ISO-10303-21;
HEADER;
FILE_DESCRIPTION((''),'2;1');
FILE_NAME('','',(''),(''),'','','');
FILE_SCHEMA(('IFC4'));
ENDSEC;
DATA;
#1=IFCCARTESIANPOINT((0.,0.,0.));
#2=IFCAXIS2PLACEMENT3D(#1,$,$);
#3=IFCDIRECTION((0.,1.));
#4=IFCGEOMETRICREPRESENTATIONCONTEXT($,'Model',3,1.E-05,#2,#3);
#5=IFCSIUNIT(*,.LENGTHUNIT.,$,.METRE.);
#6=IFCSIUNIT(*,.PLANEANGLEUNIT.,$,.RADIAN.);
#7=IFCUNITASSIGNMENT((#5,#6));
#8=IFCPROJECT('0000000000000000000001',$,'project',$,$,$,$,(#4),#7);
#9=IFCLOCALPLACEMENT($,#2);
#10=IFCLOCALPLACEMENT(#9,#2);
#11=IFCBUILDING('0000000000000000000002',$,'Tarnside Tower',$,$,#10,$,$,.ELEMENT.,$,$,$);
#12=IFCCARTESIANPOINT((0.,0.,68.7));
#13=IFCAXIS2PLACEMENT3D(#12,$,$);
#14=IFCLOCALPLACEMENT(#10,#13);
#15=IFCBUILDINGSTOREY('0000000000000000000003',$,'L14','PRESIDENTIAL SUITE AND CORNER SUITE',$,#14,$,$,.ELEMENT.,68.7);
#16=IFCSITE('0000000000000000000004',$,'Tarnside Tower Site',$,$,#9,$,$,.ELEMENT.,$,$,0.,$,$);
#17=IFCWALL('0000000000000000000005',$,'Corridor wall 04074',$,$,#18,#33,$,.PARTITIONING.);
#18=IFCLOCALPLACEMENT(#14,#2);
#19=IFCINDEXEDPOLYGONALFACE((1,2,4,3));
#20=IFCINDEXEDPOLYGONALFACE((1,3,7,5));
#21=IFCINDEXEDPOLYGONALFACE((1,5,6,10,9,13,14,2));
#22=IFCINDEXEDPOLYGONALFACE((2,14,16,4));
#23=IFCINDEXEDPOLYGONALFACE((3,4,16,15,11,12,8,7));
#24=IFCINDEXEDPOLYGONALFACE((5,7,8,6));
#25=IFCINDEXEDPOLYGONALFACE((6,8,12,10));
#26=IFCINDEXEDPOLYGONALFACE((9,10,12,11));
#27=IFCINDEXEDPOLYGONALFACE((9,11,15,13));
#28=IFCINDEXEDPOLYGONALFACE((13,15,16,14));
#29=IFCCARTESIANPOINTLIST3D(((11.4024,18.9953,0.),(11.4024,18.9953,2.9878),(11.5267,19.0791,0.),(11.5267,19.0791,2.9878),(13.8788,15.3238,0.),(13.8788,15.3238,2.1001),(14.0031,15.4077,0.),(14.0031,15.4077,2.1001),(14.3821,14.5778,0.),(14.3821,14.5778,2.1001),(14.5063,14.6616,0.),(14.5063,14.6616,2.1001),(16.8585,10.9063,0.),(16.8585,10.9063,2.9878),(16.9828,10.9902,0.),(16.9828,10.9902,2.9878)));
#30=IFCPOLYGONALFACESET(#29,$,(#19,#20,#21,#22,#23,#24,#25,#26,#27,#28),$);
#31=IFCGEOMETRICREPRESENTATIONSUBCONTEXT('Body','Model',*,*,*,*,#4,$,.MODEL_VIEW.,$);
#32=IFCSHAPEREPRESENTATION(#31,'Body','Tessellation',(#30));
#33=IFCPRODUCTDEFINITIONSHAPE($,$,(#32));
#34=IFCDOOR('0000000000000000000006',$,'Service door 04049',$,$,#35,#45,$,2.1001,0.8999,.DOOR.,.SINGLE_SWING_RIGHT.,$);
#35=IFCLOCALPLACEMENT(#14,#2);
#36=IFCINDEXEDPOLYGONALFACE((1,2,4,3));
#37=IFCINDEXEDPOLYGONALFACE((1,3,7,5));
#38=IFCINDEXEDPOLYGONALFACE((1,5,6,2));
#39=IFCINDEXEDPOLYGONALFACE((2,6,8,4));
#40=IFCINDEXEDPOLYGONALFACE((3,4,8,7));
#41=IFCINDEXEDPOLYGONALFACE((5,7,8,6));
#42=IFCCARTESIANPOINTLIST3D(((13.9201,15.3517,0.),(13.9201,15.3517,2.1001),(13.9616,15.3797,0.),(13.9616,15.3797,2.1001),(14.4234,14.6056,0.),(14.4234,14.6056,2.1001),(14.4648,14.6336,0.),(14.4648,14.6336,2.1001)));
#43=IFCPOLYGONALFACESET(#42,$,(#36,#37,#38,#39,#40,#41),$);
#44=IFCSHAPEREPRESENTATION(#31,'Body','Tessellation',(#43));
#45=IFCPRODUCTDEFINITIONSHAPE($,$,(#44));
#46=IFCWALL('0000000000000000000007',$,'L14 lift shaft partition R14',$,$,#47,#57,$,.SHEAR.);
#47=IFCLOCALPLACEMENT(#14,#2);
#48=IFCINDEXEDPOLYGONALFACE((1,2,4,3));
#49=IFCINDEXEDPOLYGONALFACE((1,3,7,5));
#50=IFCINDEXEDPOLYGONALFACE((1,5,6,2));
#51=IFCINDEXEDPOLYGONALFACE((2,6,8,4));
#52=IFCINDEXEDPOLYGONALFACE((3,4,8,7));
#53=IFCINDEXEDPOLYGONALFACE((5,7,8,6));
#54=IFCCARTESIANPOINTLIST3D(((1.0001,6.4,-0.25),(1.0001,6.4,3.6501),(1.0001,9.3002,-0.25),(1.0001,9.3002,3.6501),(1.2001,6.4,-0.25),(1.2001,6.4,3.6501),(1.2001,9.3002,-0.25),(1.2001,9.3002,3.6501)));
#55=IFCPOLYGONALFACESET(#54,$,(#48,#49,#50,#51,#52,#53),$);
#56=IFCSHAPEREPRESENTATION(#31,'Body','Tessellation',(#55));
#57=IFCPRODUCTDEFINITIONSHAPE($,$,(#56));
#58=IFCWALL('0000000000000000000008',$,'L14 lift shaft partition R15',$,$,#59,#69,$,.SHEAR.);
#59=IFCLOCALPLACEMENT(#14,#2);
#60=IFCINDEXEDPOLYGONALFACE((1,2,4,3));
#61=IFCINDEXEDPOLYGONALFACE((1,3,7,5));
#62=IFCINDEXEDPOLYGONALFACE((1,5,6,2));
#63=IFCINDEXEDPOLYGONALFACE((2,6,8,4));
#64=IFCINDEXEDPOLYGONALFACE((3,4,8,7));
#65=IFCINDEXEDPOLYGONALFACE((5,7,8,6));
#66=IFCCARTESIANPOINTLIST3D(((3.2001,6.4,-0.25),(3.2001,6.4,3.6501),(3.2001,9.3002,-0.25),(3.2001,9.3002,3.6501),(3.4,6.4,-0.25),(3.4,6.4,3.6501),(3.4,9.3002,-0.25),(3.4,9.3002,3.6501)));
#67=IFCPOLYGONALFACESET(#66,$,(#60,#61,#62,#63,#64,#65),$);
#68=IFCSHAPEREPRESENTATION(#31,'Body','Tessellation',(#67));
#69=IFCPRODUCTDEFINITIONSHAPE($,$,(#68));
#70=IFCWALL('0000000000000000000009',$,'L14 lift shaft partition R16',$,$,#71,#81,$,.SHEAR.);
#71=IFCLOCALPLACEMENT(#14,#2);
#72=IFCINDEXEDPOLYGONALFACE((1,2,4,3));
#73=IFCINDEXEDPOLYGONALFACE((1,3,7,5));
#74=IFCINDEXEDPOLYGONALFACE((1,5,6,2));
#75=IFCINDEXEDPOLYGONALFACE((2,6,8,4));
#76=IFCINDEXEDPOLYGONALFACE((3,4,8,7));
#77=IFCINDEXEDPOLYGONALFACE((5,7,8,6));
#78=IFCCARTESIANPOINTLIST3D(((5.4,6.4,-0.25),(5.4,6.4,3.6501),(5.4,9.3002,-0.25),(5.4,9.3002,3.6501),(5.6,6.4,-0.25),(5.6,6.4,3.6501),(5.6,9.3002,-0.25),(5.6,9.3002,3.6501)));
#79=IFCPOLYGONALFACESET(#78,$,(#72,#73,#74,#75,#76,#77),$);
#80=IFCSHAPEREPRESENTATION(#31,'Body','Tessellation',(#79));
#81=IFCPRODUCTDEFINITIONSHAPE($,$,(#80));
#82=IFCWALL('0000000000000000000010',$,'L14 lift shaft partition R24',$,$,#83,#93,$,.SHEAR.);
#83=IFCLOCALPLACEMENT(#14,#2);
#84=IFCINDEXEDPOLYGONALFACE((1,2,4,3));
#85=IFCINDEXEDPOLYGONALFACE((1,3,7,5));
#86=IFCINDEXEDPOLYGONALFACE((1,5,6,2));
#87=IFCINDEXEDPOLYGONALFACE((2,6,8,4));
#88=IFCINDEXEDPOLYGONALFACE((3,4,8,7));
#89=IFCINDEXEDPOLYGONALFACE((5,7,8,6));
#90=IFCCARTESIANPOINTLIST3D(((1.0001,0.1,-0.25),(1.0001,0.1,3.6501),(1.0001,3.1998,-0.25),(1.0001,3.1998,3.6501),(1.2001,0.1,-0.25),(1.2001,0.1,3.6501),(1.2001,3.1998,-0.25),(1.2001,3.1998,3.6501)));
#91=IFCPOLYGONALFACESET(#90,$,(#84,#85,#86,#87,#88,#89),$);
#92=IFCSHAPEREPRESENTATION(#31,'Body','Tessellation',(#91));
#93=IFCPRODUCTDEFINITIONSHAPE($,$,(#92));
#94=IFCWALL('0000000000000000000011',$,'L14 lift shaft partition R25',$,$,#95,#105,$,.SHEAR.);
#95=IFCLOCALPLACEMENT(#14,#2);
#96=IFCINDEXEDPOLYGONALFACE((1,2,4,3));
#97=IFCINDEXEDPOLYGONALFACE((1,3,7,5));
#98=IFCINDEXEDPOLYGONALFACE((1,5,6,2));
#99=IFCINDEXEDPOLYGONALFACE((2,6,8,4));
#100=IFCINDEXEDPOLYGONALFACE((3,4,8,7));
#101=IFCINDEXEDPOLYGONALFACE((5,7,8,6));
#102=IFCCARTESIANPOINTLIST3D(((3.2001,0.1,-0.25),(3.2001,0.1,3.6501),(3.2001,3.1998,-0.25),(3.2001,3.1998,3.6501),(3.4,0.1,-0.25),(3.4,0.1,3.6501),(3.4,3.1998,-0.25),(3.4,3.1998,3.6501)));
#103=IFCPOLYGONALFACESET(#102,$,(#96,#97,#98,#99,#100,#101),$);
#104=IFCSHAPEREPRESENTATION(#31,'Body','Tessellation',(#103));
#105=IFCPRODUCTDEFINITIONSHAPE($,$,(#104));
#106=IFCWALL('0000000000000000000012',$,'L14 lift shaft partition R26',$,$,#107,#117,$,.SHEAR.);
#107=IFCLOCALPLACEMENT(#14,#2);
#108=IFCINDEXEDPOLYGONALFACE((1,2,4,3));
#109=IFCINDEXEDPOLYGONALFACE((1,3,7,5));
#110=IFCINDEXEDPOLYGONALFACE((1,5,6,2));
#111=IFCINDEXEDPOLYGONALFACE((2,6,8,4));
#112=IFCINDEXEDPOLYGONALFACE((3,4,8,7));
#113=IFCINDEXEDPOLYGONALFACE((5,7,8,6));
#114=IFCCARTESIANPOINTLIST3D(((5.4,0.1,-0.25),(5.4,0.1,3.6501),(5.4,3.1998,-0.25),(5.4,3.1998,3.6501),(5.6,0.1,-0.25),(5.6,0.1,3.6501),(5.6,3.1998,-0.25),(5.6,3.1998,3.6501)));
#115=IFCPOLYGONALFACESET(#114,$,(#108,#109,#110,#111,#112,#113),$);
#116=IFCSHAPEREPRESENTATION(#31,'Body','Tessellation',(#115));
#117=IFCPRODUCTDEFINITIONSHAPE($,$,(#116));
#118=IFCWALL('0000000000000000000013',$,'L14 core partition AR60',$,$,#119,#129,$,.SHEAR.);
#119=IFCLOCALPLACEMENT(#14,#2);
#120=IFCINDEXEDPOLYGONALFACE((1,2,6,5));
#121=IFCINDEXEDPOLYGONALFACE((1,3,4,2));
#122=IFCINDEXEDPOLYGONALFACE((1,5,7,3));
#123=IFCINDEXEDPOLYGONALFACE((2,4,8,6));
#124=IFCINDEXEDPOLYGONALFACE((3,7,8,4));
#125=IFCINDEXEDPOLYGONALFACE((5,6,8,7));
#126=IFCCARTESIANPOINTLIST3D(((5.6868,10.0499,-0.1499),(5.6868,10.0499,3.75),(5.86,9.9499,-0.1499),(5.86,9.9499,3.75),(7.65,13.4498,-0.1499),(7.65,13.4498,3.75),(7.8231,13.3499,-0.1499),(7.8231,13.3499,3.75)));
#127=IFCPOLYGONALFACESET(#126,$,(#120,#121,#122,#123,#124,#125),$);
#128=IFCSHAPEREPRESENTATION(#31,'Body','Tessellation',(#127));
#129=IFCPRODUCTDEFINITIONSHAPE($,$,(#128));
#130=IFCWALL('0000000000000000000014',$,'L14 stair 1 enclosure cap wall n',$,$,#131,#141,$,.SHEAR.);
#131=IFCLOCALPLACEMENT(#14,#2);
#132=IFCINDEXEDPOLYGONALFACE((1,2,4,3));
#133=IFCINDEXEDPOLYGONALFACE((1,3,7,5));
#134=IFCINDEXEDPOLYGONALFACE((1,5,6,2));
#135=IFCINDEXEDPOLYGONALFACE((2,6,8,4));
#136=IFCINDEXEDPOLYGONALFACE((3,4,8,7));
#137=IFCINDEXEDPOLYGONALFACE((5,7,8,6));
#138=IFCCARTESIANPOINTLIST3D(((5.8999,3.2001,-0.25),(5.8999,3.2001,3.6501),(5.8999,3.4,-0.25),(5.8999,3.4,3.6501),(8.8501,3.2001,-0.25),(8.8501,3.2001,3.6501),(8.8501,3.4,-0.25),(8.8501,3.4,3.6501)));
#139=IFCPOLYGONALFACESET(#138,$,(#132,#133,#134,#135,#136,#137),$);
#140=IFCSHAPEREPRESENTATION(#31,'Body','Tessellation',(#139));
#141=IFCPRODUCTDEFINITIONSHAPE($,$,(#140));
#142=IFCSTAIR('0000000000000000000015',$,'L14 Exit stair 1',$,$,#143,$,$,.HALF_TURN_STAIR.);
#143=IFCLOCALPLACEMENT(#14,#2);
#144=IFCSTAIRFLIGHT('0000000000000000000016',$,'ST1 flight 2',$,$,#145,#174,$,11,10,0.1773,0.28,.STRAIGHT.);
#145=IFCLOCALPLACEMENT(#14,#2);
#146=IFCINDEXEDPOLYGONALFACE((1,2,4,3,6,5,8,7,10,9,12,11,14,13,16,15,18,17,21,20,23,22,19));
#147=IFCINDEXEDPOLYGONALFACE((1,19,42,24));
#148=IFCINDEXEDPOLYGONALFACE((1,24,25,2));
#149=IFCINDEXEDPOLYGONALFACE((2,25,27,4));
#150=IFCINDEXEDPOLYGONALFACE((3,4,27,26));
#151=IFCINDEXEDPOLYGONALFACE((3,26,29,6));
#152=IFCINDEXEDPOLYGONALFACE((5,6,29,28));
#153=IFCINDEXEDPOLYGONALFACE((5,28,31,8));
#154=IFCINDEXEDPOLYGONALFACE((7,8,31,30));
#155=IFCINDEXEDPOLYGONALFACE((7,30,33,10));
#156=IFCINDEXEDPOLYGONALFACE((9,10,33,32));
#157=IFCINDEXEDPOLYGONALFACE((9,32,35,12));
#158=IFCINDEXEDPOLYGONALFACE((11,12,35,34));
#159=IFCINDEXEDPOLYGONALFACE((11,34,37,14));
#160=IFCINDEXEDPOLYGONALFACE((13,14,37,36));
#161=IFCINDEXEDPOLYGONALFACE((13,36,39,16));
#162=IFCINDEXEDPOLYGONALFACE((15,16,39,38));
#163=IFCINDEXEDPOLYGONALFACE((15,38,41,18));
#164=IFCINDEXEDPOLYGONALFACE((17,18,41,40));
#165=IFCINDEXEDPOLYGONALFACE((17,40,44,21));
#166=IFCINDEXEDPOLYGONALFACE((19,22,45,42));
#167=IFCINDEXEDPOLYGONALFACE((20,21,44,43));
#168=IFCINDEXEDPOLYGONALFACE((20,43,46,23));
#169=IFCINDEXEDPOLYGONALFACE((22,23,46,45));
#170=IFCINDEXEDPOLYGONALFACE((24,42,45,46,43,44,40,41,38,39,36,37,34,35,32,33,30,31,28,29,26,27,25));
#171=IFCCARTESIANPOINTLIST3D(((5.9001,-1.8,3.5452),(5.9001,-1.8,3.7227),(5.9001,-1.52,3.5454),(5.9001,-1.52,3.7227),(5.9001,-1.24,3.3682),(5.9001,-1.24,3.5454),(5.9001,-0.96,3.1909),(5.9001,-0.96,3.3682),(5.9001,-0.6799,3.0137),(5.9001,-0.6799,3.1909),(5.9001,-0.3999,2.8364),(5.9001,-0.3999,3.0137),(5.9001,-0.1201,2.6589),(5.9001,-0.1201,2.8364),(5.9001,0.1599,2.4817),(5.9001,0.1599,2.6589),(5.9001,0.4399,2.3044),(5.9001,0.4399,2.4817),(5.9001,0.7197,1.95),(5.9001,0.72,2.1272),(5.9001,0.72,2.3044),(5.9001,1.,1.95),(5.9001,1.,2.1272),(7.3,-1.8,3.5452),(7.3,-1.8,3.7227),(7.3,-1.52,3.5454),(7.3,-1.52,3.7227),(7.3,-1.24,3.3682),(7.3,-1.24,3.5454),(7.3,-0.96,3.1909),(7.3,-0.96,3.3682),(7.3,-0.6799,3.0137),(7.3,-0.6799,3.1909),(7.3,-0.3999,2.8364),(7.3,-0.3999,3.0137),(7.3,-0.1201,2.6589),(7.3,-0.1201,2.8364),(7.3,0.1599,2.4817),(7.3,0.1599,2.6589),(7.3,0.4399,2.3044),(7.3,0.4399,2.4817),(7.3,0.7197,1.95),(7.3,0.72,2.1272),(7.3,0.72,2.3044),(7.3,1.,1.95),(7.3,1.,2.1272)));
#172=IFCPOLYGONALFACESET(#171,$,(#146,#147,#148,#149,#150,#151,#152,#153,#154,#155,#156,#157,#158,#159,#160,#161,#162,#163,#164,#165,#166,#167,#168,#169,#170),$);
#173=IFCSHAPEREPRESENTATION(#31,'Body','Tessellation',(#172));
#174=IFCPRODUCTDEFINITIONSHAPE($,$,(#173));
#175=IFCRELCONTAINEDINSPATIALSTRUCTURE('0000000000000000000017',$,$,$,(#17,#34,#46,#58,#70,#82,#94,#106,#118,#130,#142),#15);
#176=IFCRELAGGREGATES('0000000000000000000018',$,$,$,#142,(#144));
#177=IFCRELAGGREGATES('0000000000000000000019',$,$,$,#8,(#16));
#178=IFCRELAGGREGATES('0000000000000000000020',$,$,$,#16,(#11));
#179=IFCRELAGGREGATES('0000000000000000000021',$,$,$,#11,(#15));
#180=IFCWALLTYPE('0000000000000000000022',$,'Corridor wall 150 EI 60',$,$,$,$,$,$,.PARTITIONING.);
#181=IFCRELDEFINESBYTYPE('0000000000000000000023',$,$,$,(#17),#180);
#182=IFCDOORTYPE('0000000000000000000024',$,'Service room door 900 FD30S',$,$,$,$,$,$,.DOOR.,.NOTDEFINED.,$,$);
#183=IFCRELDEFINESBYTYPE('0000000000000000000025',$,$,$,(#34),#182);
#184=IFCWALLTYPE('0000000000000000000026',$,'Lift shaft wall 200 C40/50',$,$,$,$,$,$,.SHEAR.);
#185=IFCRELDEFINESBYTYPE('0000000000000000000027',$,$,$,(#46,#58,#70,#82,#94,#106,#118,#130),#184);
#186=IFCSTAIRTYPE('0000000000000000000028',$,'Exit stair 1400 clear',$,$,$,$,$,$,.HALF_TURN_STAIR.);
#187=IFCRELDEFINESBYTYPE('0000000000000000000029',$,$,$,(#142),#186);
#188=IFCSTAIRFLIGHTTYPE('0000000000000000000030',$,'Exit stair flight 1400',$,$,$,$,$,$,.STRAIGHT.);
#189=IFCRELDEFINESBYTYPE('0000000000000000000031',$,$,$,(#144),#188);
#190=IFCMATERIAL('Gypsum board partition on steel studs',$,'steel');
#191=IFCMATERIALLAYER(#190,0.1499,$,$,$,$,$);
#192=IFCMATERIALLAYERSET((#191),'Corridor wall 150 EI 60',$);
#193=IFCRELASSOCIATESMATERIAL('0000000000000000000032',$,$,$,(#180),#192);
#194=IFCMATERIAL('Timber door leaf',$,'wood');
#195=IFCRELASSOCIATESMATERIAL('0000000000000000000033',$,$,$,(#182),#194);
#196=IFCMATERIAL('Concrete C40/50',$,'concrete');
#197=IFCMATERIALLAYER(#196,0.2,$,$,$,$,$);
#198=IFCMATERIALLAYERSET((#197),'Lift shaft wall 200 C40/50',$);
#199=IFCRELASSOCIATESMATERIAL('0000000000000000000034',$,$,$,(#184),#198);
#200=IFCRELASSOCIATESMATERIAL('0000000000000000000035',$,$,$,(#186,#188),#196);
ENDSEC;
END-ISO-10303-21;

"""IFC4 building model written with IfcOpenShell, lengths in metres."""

from ifc_helpers import new_model, si_unit, direction, frame, frame_2d, origin, place, context, subcontext, project, spatial, polyline, rectangle, outline, extrude, material, layer, layer_set, type_object, element, fill, aggregate, save


model = new_model("IFC4")

# Units and contexts
model_context = context("Model", 3, precision=1e-05, world=origin(), true_north=direction((0.0, 1.0)))
body_context = subcontext(model_context, "Body", "Model", "MODEL_VIEW")
ifc_project = project(units=[si_unit("LENGTHUNIT", "METRE"), si_unit("PLANEANGLEUNIT", "RADIAN")], contexts=[model_context])

# Site, building, storey
site_placement = place(None, origin())
site = spatial("IfcSite", under=ifc_project, at=site_placement, Name="Tarnside Tower Site", CompositionType="ELEMENT", RefElevation=0.0)
building_placement = place(site_placement, origin())
building = spatial("IfcBuilding", under=site, at=building_placement, Name="Tarnside Tower", CompositionType="ELEMENT")
storey_placement = place(building_placement, frame((0.0, 0.0, 68.7)))
storey = spatial("IfcBuildingStorey", under=building, at=storey_placement, Name="L14", Description="PRESIDENTIAL SUITE AND CORNER SUITE", CompositionType="ELEMENT", Elevation=68.7)

# Shared definitions
ifc_material_1 = material(Name="Gypsum board partition on steel studs", Category="steel")
ifc_material_2 = material(Name="Timber door leaf", Category="wood")

# Shared definitions
ifc_layer_1 = layer(ifc_material_1, 0.1499)
ifc_layer_set_1 = layer_set([ifc_layer_1], Name="Corridor wall 150 EI 60")
wall_type_1 = type_object("IfcWallType", Name="Corridor wall 150 EI 60", PredefinedType="PARTITIONING", material=ifc_layer_set_1)

# Shared definitions
door_type_1 = type_object("IfcDoorType", Name="Service room door 900 FD30S", OperationType="NOTDEFINED", PredefinedType="DOOR", material=ifc_material_2)

# Wall, opening, door
wall_1_placement = place(storey_placement, frame((11.4646, 19.0371, 0.0), z_axis=(0.0, 0.0, 1.0), x_axis=(0.559196, -0.829035, 0.0)))
wall_1 = element("IfcWall", 1, at=wall_1_placement, inside=storey, type_object=wall_type_1, Name="Corridor wall 04074", PredefinedType="PARTITIONING", context=body_context, shape_type="SweptSolid", body=[
    extrude(rectangle(XDim=9.7571, YDim=0.1499, at=frame_2d((4.8784, 0.0))), origin(), (0.0, 0.0, 1.0), 2.9878),
])
opening_1_placement = place(wall_1_placement, frame((4.4285, 0.0, 0.0)))
opening_1 = element("IfcOpeningElement", 2, at=opening_1_placement, cuts=wall_1, PredefinedType="OPENING", context=body_context, shape_type="SweptSolid", body=[
    extrude(rectangle(XDim=0.8999, YDim=2.1001, at=frame_2d((0.45, 1.05))), frame((0.0, 0.085, 0.0), z_axis=(0.0, -1.0, 0.0), x_axis=(1.0, 0.0, 0.0)), (0.0, 0.0, 1.0), 0.1699),
])
door_1_placement = place(opening_1_placement, origin())
door_1 = element("IfcDoor", 3, at=door_1_placement, inside=storey, type_object=door_type_1, Name="Service door 04049", OperationType="SINGLE_SWING_RIGHT", OverallHeight=2.1001, OverallWidth=0.8999, PredefinedType="DOOR", context=body_context, shape_type="SweptSolid", body=[
    extrude(rectangle(XDim=0.8999, YDim=2.1001, at=frame_2d((0.45, 1.05))), frame((0.0, 0.0249, 0.0), z_axis=(0.0, -1.0, 0.0), x_axis=(1.0, 0.0, 0.0)), (0.0, 0.0, 1.0), 0.05),
])
fill(opening_1, door_1)

# Walls
ifc_material_3 = material(Name="Concrete C40/50", Category="concrete")
ifc_layer_2 = layer(ifc_material_3, 0.2)
ifc_layer_set_2 = layer_set([ifc_layer_2], Name="Lift shaft wall 200 C40/50")
wall_type_2 = type_object("IfcWallType", Name="Lift shaft wall 200 C40/50", PredefinedType="SHEAR", material=ifc_layer_set_2)
for number, where, z_axis, x_axis, name in (
    (4, (1.1001, 6.3999, -0.25), (0.0, 0.0, 1.0), (0.0, 1.0, 0.0), "L14 lift shaft partition R14"),
    (5, (3.3, 6.3999, -0.25), (0.0, 0.0, 1.0), (0.0, 1.0, 0.0), "L14 lift shaft partition R15"),
    (6, (5.5, 6.3999, -0.25), (0.0, 0.0, 1.0), (0.0, 1.0, 0.0), "L14 lift shaft partition R16"),
):
    element("IfcWall", number, at=place(storey_placement, frame(where, z_axis=z_axis, x_axis=x_axis)), inside=storey, type_object=wall_type_2, Name=name, PredefinedType="SHEAR", context=body_context, shape_type="SweptSolid", body=[
        extrude(rectangle(XDim=2.9001, YDim=0.2, at=frame_2d((1.4502, 0.0))), origin(), (0.0, 0.0, 1.0), 3.9001),
    ])
for number, where, z_axis, x_axis, name in (
    (7, (1.1001, 0.1001, -0.25), (0.0, 0.0, 1.0), (0.0, 1.0, 0.0), "L14 lift shaft partition R24"),
    (8, (3.3, 0.1001, -0.25), (0.0, 0.0, 1.0), (0.0, 1.0, 0.0), "L14 lift shaft partition R25"),
    (9, (5.5, 0.1001, -0.25), (0.0, 0.0, 1.0), (0.0, 1.0, 0.0), "L14 lift shaft partition R26"),
):
    element("IfcWall", number, at=place(storey_placement, frame(where, z_axis=z_axis, x_axis=x_axis)), inside=storey, type_object=wall_type_2, Name=name, PredefinedType="SHEAR", context=body_context, shape_type="SweptSolid", body=[
        extrude(rectangle(XDim=3.0999, YDim=0.2, at=frame_2d((1.5498, 0.0))), origin(), (0.0, 0.0, 1.0), 3.9001),
    ])
wall_2_placement = place(storey_placement, frame((5.7734, 10.0, -0.1499), z_axis=(0.0, 0.0, 1.0), x_axis=(0.500038, 0.866003, 0.0)))
element("IfcWall", 10, at=wall_2_placement, inside=storey, type_object=wall_type_2, Name="L14 core partition AR60", PredefinedType="SHEAR", context=body_context, shape_type="SweptSolid", body=[
    extrude(rectangle(XDim=3.926, YDim=0.2, at=frame_2d((1.9629, 0.0))), origin(), (0.0, 0.0, 1.0), 3.8999),
])
wall_3_placement = place(storey_placement, frame((5.8999, 3.3, -0.25), z_axis=(0.0, 0.0, 1.0), x_axis=(1.0, 0.0, 0.0)))
element("IfcWall", 11, at=wall_3_placement, inside=storey, type_object=wall_type_2, Name="L14 stair 1 enclosure cap wall n", PredefinedType="SHEAR", context=body_context, shape_type="SweptSolid", body=[
    extrude(rectangle(XDim=2.9502, YDim=0.2, at=frame_2d((1.4751, 0.0))), origin(), (0.0, 0.0, 1.0), 3.9001),
])

# Stair, stair flight
stair_type = type_object("IfcStairType", Name="Exit stair 1400 clear", PredefinedType="HALF_TURN_STAIR", material=ifc_material_3)
stair_placement = place(storey_placement, origin())
stair = element("IfcStair", 12, at=stair_placement, inside=storey, type_object=stair_type, Name="L14 Exit stair 1", PredefinedType="HALF_TURN_STAIR")
stair_flight_type = type_object("IfcStairFlightType", Name="Exit stair flight 1400", PredefinedType="STRAIGHT", material=ifc_material_3)
stair_flight_placement = place(storey_placement, frame((6.6001, 1.0, 1.95), z_axis=(0.0, 0.0, 1.0), x_axis=(0.0, -1.0, 0.0)))
stair_flight = element("IfcStairFlight", 13, at=stair_flight_placement, type_object=stair_flight_type, Name="ST1 flight 2", NumberOfRisers=11, NumberOfTreads=10, PredefinedType="STRAIGHT", RiserHeight=0.1773, TreadLength=0.28, context=body_context, shape_type="SweptSolid", body=[
    extrude(outline(polyline([(0.0, 0.0), (0.0, 0.1772), (0.28, 0.1772), (0.28, 0.3545), (0.5601, 0.3545), (0.5601, 0.5317), (0.8401, 0.5317), (0.8401, 0.709), (1.1201, 0.709), (1.1201, 0.8865), (1.3999, 0.8865), (1.3999, 1.0637), (1.6799, 1.0637), (1.6799, 1.241), (1.96, 1.241), (1.96, 1.4182), (2.24, 1.4182), (2.24, 1.5955), (2.52, 1.5955), (2.52, 1.7727), (2.8, 1.7727), (2.8, 1.95), (2.8, 1.5952), (0.2803, 0.0), (0.0, 0.0)])), frame((0.0, 0.7, 0.0), z_axis=(0.0, -1.0, 0.0), x_axis=(1.0, 0.0, 0.0)), (0.0, 0.0, 1.0), 1.3999),
])
aggregate(stair, [stair_flight])

save(model, "model.ifc")
